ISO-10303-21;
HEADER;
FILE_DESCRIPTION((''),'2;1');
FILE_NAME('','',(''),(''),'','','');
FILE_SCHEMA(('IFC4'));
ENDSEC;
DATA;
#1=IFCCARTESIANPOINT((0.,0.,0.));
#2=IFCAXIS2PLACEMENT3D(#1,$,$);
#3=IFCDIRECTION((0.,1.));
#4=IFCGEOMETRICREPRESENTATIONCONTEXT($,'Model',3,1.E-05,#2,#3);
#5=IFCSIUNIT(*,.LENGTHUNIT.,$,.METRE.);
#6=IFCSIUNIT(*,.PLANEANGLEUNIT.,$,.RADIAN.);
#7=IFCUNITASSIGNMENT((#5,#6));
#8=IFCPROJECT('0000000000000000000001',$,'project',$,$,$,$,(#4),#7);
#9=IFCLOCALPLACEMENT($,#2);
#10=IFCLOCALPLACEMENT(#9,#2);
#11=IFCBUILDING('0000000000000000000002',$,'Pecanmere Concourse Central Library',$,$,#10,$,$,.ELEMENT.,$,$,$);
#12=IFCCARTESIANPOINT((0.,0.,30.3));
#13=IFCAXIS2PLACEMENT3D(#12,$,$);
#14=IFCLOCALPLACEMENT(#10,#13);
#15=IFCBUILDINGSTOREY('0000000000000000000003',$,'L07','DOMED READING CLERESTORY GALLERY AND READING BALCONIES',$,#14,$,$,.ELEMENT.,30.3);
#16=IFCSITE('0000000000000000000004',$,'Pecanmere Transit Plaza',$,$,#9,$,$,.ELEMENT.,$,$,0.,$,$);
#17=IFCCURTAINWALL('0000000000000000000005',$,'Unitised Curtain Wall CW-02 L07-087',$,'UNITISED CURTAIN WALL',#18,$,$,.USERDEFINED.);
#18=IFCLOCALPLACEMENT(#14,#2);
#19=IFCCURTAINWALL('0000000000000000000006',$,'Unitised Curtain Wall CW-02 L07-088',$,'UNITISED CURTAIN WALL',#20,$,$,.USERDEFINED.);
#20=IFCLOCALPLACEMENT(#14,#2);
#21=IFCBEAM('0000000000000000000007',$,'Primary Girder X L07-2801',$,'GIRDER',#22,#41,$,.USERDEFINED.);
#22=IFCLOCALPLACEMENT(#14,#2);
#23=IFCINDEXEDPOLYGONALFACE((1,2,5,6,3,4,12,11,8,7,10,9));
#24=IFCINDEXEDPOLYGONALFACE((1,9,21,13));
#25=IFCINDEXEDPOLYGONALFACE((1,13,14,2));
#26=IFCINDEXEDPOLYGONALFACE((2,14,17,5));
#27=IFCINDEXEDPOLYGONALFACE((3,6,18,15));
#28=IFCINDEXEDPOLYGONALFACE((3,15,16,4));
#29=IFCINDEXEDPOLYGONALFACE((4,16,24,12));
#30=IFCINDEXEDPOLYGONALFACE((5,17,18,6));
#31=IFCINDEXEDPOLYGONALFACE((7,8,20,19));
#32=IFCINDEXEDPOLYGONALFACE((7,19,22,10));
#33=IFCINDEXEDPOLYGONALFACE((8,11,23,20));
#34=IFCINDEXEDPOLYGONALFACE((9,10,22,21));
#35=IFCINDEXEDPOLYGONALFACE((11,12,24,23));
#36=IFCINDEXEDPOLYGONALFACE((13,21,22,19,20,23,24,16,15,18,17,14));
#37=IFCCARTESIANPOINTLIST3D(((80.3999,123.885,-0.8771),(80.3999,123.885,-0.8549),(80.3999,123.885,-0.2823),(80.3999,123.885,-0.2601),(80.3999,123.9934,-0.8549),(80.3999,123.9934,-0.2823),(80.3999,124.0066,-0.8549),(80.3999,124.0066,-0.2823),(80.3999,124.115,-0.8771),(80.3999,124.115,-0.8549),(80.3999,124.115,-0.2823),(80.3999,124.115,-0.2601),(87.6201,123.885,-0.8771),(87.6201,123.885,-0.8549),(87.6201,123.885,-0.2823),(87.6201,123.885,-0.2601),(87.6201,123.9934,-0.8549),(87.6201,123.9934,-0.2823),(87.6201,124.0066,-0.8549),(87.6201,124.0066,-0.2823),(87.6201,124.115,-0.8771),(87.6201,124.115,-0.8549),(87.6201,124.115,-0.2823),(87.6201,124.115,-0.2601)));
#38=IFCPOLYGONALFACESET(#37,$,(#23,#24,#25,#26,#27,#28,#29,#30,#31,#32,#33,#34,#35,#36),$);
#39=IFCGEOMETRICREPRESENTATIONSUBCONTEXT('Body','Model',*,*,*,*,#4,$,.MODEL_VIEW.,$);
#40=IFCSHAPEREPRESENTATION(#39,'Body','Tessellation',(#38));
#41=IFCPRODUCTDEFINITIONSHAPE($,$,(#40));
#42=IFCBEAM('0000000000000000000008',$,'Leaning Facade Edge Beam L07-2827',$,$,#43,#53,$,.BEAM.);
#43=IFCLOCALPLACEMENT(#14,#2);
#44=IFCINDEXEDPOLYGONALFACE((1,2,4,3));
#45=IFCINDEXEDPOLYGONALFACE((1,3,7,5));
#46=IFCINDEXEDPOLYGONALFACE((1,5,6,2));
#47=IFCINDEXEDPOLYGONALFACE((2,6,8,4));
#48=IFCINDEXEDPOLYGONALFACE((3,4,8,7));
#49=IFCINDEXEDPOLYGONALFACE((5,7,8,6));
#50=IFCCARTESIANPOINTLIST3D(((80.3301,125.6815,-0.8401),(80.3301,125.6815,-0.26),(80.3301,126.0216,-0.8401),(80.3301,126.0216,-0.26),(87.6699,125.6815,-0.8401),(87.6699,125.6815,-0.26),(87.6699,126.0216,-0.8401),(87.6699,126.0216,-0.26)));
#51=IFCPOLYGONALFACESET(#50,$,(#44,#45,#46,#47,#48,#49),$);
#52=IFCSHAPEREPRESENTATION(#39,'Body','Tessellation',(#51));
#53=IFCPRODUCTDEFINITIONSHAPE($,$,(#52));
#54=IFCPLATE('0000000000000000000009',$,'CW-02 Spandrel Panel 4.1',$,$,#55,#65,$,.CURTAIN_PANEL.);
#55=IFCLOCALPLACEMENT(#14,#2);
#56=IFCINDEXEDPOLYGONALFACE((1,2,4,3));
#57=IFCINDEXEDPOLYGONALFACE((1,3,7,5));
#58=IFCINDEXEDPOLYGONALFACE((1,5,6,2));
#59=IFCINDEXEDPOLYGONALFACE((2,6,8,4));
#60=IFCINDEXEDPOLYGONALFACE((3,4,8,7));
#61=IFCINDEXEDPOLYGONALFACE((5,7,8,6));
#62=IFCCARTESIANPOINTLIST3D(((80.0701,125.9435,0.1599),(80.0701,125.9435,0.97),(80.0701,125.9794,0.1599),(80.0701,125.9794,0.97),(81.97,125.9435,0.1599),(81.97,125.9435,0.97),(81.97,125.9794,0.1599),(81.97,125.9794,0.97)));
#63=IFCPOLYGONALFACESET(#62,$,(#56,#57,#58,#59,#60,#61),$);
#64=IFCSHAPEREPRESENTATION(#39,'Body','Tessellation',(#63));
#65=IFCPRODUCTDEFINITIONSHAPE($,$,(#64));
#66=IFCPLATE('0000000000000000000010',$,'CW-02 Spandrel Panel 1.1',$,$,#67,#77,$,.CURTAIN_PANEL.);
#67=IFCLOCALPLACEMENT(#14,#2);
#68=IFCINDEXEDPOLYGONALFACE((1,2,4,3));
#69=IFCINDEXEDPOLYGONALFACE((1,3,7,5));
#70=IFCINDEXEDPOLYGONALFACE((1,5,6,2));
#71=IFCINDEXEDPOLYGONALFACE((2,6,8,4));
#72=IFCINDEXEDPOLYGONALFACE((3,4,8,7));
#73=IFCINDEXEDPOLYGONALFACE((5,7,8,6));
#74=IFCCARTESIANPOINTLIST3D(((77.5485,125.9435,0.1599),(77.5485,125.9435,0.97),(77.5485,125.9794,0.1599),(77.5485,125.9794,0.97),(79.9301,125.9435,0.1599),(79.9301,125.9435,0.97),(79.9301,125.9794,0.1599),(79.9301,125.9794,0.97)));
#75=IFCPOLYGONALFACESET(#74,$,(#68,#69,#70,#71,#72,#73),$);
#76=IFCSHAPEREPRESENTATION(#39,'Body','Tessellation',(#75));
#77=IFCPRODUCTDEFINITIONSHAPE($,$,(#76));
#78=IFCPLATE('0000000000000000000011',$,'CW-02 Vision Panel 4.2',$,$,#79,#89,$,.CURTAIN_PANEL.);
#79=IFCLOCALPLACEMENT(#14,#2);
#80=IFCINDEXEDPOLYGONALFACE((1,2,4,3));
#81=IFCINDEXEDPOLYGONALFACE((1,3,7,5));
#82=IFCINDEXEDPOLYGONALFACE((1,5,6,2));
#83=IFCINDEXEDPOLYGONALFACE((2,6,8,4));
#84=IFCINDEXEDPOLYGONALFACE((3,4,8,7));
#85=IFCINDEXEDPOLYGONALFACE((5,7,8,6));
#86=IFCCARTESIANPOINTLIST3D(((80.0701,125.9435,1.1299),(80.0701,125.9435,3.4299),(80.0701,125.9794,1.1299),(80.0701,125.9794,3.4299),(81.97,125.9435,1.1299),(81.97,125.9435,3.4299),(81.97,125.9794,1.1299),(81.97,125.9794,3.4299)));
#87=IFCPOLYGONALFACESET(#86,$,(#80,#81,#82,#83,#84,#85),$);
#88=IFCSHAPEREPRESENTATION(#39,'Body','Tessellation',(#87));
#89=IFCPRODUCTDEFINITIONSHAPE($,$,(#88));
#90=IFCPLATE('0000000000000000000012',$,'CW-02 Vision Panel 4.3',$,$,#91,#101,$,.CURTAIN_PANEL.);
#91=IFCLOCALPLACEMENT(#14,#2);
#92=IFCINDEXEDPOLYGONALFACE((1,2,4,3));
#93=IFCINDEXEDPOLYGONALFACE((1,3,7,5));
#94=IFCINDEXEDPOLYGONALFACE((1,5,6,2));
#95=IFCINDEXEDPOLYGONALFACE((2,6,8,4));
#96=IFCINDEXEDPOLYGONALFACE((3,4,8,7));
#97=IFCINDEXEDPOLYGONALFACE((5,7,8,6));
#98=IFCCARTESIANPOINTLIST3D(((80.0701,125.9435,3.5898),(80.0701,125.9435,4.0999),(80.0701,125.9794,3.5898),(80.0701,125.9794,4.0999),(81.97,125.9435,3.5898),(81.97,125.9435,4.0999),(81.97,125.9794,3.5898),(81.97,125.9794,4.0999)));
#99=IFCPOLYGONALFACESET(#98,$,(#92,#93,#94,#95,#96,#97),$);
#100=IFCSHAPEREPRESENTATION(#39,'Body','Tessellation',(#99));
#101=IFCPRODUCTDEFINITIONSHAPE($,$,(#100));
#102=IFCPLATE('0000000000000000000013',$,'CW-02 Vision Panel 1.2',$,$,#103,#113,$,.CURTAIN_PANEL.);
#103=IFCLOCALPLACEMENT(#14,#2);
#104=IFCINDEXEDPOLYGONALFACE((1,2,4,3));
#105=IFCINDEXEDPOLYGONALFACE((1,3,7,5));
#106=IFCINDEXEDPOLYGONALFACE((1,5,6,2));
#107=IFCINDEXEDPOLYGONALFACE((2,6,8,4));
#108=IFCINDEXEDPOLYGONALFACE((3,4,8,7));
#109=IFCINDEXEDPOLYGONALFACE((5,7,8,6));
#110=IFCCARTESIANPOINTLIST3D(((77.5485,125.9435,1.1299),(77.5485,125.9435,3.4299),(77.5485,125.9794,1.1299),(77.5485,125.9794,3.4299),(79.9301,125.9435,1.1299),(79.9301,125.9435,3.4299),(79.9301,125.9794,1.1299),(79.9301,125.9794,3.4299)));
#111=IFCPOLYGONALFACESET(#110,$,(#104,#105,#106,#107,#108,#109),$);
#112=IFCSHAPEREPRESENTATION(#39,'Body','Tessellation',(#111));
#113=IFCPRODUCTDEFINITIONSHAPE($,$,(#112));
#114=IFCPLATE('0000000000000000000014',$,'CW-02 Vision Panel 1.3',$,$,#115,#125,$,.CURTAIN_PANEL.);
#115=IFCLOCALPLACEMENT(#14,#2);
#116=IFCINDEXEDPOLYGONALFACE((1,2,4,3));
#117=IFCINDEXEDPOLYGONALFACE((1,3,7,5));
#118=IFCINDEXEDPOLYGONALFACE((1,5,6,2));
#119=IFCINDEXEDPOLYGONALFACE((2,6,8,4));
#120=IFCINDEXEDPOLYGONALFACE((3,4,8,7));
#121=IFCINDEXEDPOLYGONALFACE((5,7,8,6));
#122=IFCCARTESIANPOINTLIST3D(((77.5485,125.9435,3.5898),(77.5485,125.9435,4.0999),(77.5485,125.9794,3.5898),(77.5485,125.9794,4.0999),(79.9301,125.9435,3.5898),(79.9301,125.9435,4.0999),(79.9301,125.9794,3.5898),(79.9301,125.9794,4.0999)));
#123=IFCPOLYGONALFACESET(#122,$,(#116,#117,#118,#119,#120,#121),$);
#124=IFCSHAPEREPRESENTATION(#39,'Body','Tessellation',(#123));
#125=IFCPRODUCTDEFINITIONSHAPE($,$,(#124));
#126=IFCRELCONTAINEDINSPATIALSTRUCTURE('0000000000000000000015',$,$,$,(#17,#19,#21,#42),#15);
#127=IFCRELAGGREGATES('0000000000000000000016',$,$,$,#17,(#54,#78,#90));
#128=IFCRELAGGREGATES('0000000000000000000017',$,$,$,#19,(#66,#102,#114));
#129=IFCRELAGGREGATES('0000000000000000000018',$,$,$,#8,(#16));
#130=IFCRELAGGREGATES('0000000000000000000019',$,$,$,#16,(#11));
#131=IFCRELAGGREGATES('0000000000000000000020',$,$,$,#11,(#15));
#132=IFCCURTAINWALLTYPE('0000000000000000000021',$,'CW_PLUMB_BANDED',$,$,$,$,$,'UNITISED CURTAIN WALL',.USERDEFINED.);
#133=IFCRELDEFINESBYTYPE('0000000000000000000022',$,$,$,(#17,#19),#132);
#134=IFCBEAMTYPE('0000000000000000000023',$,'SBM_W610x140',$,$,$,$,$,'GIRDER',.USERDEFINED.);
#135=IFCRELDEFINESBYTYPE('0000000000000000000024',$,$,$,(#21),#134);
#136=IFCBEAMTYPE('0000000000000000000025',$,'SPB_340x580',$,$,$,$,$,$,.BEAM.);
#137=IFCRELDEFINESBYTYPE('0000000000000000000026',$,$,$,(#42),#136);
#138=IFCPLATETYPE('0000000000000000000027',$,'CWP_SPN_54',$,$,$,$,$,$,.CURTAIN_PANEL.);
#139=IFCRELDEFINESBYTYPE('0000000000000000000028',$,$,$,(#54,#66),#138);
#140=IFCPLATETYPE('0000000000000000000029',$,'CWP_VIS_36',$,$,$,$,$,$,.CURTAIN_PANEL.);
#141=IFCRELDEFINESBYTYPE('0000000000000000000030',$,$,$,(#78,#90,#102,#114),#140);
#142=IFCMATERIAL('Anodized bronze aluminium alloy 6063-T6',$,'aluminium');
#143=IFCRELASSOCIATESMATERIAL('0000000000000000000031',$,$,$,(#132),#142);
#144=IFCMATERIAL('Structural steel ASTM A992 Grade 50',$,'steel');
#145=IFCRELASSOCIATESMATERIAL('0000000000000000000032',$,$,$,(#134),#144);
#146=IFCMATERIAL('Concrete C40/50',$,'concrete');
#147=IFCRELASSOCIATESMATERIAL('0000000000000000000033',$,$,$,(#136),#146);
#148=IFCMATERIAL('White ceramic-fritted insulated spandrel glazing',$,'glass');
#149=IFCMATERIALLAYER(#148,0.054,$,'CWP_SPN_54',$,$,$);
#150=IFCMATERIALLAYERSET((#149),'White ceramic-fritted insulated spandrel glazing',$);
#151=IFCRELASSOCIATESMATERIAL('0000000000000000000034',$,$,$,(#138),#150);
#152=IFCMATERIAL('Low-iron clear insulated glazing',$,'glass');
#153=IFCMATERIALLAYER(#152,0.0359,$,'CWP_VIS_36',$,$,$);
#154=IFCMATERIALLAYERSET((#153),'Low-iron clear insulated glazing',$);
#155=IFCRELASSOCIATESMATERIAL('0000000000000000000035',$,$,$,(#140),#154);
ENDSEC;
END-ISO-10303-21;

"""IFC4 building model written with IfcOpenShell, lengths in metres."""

from ifc_helpers import new_model, si_unit, direction, frame, origin, origin_2d, place, context, subcontext, project, spatial, rectangle, i_section, extrude, material, layer, layer_set, material_profile, profile_set, type_object, element, aggregate, save


model = new_model("IFC4")

# Units and contexts
model_context = context("Model", 3, precision=1e-05, world=origin(), true_north=direction((0.0, 1.0)))
body_context = subcontext(model_context, "Body", "Model", "MODEL_VIEW")
ifc_project = project(units=[si_unit("LENGTHUNIT", "METRE"), si_unit("PLANEANGLEUNIT", "RADIAN")], contexts=[model_context])

# Site, building, storey
site_placement = place(None, origin())
site = spatial("IfcSite", under=ifc_project, at=site_placement, Name="Pecanmere Transit Plaza", CompositionType="ELEMENT", RefElevation=0.0)
building_placement = place(site_placement, origin())
building = spatial("IfcBuilding", under=site, at=building_placement, Name="Pecanmere Concourse Central Library", CompositionType="ELEMENT")
storey_placement = place(building_placement, frame((0.0, 0.0, 30.3)))
storey = spatial("IfcBuildingStorey", under=building, at=storey_placement, Name="L07", Description="DOMED READING CLERESTORY GALLERY AND READING BALCONIES", CompositionType="ELEMENT", Elevation=30.3)

# Curtain walls
ifc_material_1 = material(Name="Anodized bronze aluminium alloy 6063-T6", Category="aluminium")
curtain_wall_type = type_object("IfcCurtainWallType", Name="CW_PLUMB_BANDED", ElementType="UNITISED CURTAIN WALL", PredefinedType="USERDEFINED", material=ifc_material_1)
curtain_wall_1_placement = place(storey_placement, origin())
curtain_wall_1 = element("IfcCurtainWall", 1, at=curtain_wall_1_placement, inside=storey, type_object=curtain_wall_type, Name="Unitised Curtain Wall CW-02 L07-087", ObjectType="UNITISED CURTAIN WALL", PredefinedType="USERDEFINED")
curtain_wall_2_placement = place(storey_placement, origin())
curtain_wall_2 = element("IfcCurtainWall", 2, at=curtain_wall_2_placement, inside=storey, type_object=curtain_wall_type, Name="Unitised Curtain Wall CW-02 L07-088", ObjectType="UNITISED CURTAIN WALL", PredefinedType="USERDEFINED")

# Beams
ifc_material_2 = material(Name="Structural steel ASTM A992 Grade 50", Category="steel")
ifc_material_profile_1 = material_profile(ifc_material_2, i_section(OverallWidth=0.23, OverallDepth=0.6169, WebThickness=0.0132, FlangeThickness=0.0222, at=origin_2d()), Name="W610x140")
ifc_profile_set_1 = profile_set([ifc_material_profile_1], Name="Structural steel ASTM A992 Grade 50")
beam_type_1 = type_object("IfcBeamType", Name="SBM_W610x140", ElementType="GIRDER", PredefinedType="USERDEFINED", material=ifc_profile_set_1)
beam_1_placement = place(storey_placement, frame((80.3999, 124.0, -0.5686), z_axis=(1.0, 0.0, 0.0), x_axis=(0.0, 1.0, 0.0)))
element("IfcBeam", 3, at=beam_1_placement, inside=storey, type_object=beam_type_1, Name="Primary Girder X L07-2801", ObjectType="GIRDER", PredefinedType="USERDEFINED", context=body_context, shape_type="SweptSolid", body=[
    extrude(i_section(OverallWidth=0.23, OverallDepth=0.6169, WebThickness=0.0132, FlangeThickness=0.0222, at=origin_2d()), origin(), (0.0, 0.0, 1.0), 7.2202),
])
ifc_material_3 = material(Name="Concrete C40/50", Category="concrete")
ifc_material_profile_2 = material_profile(ifc_material_3, rectangle(XDim=0.3401, YDim=0.5801, at=origin_2d()), Name="RC 340x580")
ifc_profile_set_2 = profile_set([ifc_material_profile_2], Name="Concrete C40/50")
beam_type_2 = type_object("IfcBeamType", Name="SPB_340x580", PredefinedType="BEAM", material=ifc_profile_set_2)
beam_2_placement = place(storey_placement, frame((80.3301, 125.8516, -0.55), z_axis=(1.0, 0.0, 0.0), x_axis=(0.0, 1.0, 0.0)))
element("IfcBeam", 4, at=beam_2_placement, inside=storey, type_object=beam_type_2, Name="Leaning Facade Edge Beam L07-2827", PredefinedType="BEAM", context=body_context, shape_type="SweptSolid", body=[
    extrude(rectangle(XDim=0.3401, YDim=0.5801, at=origin_2d()), origin(), (0.0, 0.0, 1.0), 7.3398),
])

# Plates
ifc_material_4 = material(Name="White ceramic-fritted insulated spandrel glazing", Category="glass")
ifc_layer_1 = layer(ifc_material_4, 0.054, Name="CWP_SPN_54")
ifc_layer_set_1 = layer_set([ifc_layer_1], Name="White ceramic-fritted insulated spandrel glazing")
plate_type_1 = type_object("IfcPlateType", Name="CWP_SPN_54", PredefinedType="CURTAIN_PANEL", material=ifc_layer_set_1)
plate_1_placement = place(storey_placement, frame((81.02, 125.9614, 0.1599), z_axis=(0.0, 0.0, 1.0), x_axis=(-1.0, 0.0, 0.0)))
plate_1 = element("IfcPlate", 5, at=plate_1_placement, type_object=plate_type_1, Name="CW-02 Spandrel Panel 4.1", PredefinedType="CURTAIN_PANEL", context=body_context, shape_type="SweptSolid", body=[
    extrude(rectangle(XDim=1.8999, YDim=0.0359, at=origin_2d()), origin(), (0.0, 0.0, 1.0), 0.8101),
])
plate_2_placement = place(storey_placement, frame((78.7393, 125.9614, 0.1599), z_axis=(0.0, 0.0, 1.0), x_axis=(-1.0, 0.0, 0.0)))
plate_2 = element("IfcPlate", 6, at=plate_2_placement, type_object=plate_type_1, Name="CW-02 Spandrel Panel 1.1", PredefinedType="CURTAIN_PANEL", context=body_context, shape_type="SweptSolid", body=[
    extrude(rectangle(XDim=2.3816, YDim=0.0359, at=origin_2d()), origin(), (0.0, 0.0, 1.0), 0.8101),
])
ifc_material_5 = material(Name="Low-iron clear insulated glazing", Category="glass")
ifc_layer_2 = layer(ifc_material_5, 0.0359, Name="CWP_VIS_36")
ifc_layer_set_2 = layer_set([ifc_layer_2], Name="Low-iron clear insulated glazing")
plate_type_2 = type_object("IfcPlateType", Name="CWP_VIS_36", PredefinedType="CURTAIN_PANEL", material=ifc_layer_set_2)
plate_3_placement = place(storey_placement, frame((81.02, 125.9614, 1.1299), z_axis=(0.0, 0.0, 1.0), x_axis=(-1.0, 0.0, 0.0)))
plate_3 = element("IfcPlate", 7, at=plate_3_placement, type_object=plate_type_2, Name="CW-02 Vision Panel 4.2", PredefinedType="CURTAIN_PANEL", context=body_context, shape_type="SweptSolid", body=[
    extrude(rectangle(XDim=1.8999, YDim=0.0359, at=origin_2d()), origin(), (0.0, 0.0, 1.0), 2.3),
])
plate_4_placement = place(storey_placement, frame((81.02, 125.9614, 3.5898), z_axis=(0.0, 0.0, 1.0), x_axis=(-1.0, 0.0, 0.0)))
plate_4 = element("IfcPlate", 8, at=plate_4_placement, type_object=plate_type_2, Name="CW-02 Vision Panel 4.3", PredefinedType="CURTAIN_PANEL", context=body_context, shape_type="SweptSolid", body=[
    extrude(rectangle(XDim=1.8999, YDim=0.0359, at=origin_2d()), origin(), (0.0, 0.0, 1.0), 0.51),
])
aggregate(curtain_wall_1, [plate_1, plate_3, plate_4])
plate_5_placement = place(storey_placement, frame((78.7393, 125.9614, 1.1299), z_axis=(0.0, 0.0, 1.0), x_axis=(-1.0, 0.0, 0.0)))
plate_5 = element("IfcPlate", 9, at=plate_5_placement, type_object=plate_type_2, Name="CW-02 Vision Panel 1.2", PredefinedType="CURTAIN_PANEL", context=body_context, shape_type="SweptSolid", body=[
    extrude(rectangle(XDim=2.3816, YDim=0.0359, at=origin_2d()), origin(), (0.0, 0.0, 1.0), 2.3),
])
plate_6_placement = place(storey_placement, frame((78.7393, 125.9614, 3.5898), z_axis=(0.0, 0.0, 1.0), x_axis=(-1.0, 0.0, 0.0)))
plate_6 = element("IfcPlate", 10, at=plate_6_placement, type_object=plate_type_2, Name="CW-02 Vision Panel 1.3", PredefinedType="CURTAIN_PANEL", context=body_context, shape_type="SweptSolid", body=[
    extrude(rectangle(XDim=2.3816, YDim=0.0359, at=origin_2d()), origin(), (0.0, 0.0, 1.0), 0.51),
])
aggregate(curtain_wall_2, [plate_2, plate_5, plate_6])

save(model, "model.ifc")
